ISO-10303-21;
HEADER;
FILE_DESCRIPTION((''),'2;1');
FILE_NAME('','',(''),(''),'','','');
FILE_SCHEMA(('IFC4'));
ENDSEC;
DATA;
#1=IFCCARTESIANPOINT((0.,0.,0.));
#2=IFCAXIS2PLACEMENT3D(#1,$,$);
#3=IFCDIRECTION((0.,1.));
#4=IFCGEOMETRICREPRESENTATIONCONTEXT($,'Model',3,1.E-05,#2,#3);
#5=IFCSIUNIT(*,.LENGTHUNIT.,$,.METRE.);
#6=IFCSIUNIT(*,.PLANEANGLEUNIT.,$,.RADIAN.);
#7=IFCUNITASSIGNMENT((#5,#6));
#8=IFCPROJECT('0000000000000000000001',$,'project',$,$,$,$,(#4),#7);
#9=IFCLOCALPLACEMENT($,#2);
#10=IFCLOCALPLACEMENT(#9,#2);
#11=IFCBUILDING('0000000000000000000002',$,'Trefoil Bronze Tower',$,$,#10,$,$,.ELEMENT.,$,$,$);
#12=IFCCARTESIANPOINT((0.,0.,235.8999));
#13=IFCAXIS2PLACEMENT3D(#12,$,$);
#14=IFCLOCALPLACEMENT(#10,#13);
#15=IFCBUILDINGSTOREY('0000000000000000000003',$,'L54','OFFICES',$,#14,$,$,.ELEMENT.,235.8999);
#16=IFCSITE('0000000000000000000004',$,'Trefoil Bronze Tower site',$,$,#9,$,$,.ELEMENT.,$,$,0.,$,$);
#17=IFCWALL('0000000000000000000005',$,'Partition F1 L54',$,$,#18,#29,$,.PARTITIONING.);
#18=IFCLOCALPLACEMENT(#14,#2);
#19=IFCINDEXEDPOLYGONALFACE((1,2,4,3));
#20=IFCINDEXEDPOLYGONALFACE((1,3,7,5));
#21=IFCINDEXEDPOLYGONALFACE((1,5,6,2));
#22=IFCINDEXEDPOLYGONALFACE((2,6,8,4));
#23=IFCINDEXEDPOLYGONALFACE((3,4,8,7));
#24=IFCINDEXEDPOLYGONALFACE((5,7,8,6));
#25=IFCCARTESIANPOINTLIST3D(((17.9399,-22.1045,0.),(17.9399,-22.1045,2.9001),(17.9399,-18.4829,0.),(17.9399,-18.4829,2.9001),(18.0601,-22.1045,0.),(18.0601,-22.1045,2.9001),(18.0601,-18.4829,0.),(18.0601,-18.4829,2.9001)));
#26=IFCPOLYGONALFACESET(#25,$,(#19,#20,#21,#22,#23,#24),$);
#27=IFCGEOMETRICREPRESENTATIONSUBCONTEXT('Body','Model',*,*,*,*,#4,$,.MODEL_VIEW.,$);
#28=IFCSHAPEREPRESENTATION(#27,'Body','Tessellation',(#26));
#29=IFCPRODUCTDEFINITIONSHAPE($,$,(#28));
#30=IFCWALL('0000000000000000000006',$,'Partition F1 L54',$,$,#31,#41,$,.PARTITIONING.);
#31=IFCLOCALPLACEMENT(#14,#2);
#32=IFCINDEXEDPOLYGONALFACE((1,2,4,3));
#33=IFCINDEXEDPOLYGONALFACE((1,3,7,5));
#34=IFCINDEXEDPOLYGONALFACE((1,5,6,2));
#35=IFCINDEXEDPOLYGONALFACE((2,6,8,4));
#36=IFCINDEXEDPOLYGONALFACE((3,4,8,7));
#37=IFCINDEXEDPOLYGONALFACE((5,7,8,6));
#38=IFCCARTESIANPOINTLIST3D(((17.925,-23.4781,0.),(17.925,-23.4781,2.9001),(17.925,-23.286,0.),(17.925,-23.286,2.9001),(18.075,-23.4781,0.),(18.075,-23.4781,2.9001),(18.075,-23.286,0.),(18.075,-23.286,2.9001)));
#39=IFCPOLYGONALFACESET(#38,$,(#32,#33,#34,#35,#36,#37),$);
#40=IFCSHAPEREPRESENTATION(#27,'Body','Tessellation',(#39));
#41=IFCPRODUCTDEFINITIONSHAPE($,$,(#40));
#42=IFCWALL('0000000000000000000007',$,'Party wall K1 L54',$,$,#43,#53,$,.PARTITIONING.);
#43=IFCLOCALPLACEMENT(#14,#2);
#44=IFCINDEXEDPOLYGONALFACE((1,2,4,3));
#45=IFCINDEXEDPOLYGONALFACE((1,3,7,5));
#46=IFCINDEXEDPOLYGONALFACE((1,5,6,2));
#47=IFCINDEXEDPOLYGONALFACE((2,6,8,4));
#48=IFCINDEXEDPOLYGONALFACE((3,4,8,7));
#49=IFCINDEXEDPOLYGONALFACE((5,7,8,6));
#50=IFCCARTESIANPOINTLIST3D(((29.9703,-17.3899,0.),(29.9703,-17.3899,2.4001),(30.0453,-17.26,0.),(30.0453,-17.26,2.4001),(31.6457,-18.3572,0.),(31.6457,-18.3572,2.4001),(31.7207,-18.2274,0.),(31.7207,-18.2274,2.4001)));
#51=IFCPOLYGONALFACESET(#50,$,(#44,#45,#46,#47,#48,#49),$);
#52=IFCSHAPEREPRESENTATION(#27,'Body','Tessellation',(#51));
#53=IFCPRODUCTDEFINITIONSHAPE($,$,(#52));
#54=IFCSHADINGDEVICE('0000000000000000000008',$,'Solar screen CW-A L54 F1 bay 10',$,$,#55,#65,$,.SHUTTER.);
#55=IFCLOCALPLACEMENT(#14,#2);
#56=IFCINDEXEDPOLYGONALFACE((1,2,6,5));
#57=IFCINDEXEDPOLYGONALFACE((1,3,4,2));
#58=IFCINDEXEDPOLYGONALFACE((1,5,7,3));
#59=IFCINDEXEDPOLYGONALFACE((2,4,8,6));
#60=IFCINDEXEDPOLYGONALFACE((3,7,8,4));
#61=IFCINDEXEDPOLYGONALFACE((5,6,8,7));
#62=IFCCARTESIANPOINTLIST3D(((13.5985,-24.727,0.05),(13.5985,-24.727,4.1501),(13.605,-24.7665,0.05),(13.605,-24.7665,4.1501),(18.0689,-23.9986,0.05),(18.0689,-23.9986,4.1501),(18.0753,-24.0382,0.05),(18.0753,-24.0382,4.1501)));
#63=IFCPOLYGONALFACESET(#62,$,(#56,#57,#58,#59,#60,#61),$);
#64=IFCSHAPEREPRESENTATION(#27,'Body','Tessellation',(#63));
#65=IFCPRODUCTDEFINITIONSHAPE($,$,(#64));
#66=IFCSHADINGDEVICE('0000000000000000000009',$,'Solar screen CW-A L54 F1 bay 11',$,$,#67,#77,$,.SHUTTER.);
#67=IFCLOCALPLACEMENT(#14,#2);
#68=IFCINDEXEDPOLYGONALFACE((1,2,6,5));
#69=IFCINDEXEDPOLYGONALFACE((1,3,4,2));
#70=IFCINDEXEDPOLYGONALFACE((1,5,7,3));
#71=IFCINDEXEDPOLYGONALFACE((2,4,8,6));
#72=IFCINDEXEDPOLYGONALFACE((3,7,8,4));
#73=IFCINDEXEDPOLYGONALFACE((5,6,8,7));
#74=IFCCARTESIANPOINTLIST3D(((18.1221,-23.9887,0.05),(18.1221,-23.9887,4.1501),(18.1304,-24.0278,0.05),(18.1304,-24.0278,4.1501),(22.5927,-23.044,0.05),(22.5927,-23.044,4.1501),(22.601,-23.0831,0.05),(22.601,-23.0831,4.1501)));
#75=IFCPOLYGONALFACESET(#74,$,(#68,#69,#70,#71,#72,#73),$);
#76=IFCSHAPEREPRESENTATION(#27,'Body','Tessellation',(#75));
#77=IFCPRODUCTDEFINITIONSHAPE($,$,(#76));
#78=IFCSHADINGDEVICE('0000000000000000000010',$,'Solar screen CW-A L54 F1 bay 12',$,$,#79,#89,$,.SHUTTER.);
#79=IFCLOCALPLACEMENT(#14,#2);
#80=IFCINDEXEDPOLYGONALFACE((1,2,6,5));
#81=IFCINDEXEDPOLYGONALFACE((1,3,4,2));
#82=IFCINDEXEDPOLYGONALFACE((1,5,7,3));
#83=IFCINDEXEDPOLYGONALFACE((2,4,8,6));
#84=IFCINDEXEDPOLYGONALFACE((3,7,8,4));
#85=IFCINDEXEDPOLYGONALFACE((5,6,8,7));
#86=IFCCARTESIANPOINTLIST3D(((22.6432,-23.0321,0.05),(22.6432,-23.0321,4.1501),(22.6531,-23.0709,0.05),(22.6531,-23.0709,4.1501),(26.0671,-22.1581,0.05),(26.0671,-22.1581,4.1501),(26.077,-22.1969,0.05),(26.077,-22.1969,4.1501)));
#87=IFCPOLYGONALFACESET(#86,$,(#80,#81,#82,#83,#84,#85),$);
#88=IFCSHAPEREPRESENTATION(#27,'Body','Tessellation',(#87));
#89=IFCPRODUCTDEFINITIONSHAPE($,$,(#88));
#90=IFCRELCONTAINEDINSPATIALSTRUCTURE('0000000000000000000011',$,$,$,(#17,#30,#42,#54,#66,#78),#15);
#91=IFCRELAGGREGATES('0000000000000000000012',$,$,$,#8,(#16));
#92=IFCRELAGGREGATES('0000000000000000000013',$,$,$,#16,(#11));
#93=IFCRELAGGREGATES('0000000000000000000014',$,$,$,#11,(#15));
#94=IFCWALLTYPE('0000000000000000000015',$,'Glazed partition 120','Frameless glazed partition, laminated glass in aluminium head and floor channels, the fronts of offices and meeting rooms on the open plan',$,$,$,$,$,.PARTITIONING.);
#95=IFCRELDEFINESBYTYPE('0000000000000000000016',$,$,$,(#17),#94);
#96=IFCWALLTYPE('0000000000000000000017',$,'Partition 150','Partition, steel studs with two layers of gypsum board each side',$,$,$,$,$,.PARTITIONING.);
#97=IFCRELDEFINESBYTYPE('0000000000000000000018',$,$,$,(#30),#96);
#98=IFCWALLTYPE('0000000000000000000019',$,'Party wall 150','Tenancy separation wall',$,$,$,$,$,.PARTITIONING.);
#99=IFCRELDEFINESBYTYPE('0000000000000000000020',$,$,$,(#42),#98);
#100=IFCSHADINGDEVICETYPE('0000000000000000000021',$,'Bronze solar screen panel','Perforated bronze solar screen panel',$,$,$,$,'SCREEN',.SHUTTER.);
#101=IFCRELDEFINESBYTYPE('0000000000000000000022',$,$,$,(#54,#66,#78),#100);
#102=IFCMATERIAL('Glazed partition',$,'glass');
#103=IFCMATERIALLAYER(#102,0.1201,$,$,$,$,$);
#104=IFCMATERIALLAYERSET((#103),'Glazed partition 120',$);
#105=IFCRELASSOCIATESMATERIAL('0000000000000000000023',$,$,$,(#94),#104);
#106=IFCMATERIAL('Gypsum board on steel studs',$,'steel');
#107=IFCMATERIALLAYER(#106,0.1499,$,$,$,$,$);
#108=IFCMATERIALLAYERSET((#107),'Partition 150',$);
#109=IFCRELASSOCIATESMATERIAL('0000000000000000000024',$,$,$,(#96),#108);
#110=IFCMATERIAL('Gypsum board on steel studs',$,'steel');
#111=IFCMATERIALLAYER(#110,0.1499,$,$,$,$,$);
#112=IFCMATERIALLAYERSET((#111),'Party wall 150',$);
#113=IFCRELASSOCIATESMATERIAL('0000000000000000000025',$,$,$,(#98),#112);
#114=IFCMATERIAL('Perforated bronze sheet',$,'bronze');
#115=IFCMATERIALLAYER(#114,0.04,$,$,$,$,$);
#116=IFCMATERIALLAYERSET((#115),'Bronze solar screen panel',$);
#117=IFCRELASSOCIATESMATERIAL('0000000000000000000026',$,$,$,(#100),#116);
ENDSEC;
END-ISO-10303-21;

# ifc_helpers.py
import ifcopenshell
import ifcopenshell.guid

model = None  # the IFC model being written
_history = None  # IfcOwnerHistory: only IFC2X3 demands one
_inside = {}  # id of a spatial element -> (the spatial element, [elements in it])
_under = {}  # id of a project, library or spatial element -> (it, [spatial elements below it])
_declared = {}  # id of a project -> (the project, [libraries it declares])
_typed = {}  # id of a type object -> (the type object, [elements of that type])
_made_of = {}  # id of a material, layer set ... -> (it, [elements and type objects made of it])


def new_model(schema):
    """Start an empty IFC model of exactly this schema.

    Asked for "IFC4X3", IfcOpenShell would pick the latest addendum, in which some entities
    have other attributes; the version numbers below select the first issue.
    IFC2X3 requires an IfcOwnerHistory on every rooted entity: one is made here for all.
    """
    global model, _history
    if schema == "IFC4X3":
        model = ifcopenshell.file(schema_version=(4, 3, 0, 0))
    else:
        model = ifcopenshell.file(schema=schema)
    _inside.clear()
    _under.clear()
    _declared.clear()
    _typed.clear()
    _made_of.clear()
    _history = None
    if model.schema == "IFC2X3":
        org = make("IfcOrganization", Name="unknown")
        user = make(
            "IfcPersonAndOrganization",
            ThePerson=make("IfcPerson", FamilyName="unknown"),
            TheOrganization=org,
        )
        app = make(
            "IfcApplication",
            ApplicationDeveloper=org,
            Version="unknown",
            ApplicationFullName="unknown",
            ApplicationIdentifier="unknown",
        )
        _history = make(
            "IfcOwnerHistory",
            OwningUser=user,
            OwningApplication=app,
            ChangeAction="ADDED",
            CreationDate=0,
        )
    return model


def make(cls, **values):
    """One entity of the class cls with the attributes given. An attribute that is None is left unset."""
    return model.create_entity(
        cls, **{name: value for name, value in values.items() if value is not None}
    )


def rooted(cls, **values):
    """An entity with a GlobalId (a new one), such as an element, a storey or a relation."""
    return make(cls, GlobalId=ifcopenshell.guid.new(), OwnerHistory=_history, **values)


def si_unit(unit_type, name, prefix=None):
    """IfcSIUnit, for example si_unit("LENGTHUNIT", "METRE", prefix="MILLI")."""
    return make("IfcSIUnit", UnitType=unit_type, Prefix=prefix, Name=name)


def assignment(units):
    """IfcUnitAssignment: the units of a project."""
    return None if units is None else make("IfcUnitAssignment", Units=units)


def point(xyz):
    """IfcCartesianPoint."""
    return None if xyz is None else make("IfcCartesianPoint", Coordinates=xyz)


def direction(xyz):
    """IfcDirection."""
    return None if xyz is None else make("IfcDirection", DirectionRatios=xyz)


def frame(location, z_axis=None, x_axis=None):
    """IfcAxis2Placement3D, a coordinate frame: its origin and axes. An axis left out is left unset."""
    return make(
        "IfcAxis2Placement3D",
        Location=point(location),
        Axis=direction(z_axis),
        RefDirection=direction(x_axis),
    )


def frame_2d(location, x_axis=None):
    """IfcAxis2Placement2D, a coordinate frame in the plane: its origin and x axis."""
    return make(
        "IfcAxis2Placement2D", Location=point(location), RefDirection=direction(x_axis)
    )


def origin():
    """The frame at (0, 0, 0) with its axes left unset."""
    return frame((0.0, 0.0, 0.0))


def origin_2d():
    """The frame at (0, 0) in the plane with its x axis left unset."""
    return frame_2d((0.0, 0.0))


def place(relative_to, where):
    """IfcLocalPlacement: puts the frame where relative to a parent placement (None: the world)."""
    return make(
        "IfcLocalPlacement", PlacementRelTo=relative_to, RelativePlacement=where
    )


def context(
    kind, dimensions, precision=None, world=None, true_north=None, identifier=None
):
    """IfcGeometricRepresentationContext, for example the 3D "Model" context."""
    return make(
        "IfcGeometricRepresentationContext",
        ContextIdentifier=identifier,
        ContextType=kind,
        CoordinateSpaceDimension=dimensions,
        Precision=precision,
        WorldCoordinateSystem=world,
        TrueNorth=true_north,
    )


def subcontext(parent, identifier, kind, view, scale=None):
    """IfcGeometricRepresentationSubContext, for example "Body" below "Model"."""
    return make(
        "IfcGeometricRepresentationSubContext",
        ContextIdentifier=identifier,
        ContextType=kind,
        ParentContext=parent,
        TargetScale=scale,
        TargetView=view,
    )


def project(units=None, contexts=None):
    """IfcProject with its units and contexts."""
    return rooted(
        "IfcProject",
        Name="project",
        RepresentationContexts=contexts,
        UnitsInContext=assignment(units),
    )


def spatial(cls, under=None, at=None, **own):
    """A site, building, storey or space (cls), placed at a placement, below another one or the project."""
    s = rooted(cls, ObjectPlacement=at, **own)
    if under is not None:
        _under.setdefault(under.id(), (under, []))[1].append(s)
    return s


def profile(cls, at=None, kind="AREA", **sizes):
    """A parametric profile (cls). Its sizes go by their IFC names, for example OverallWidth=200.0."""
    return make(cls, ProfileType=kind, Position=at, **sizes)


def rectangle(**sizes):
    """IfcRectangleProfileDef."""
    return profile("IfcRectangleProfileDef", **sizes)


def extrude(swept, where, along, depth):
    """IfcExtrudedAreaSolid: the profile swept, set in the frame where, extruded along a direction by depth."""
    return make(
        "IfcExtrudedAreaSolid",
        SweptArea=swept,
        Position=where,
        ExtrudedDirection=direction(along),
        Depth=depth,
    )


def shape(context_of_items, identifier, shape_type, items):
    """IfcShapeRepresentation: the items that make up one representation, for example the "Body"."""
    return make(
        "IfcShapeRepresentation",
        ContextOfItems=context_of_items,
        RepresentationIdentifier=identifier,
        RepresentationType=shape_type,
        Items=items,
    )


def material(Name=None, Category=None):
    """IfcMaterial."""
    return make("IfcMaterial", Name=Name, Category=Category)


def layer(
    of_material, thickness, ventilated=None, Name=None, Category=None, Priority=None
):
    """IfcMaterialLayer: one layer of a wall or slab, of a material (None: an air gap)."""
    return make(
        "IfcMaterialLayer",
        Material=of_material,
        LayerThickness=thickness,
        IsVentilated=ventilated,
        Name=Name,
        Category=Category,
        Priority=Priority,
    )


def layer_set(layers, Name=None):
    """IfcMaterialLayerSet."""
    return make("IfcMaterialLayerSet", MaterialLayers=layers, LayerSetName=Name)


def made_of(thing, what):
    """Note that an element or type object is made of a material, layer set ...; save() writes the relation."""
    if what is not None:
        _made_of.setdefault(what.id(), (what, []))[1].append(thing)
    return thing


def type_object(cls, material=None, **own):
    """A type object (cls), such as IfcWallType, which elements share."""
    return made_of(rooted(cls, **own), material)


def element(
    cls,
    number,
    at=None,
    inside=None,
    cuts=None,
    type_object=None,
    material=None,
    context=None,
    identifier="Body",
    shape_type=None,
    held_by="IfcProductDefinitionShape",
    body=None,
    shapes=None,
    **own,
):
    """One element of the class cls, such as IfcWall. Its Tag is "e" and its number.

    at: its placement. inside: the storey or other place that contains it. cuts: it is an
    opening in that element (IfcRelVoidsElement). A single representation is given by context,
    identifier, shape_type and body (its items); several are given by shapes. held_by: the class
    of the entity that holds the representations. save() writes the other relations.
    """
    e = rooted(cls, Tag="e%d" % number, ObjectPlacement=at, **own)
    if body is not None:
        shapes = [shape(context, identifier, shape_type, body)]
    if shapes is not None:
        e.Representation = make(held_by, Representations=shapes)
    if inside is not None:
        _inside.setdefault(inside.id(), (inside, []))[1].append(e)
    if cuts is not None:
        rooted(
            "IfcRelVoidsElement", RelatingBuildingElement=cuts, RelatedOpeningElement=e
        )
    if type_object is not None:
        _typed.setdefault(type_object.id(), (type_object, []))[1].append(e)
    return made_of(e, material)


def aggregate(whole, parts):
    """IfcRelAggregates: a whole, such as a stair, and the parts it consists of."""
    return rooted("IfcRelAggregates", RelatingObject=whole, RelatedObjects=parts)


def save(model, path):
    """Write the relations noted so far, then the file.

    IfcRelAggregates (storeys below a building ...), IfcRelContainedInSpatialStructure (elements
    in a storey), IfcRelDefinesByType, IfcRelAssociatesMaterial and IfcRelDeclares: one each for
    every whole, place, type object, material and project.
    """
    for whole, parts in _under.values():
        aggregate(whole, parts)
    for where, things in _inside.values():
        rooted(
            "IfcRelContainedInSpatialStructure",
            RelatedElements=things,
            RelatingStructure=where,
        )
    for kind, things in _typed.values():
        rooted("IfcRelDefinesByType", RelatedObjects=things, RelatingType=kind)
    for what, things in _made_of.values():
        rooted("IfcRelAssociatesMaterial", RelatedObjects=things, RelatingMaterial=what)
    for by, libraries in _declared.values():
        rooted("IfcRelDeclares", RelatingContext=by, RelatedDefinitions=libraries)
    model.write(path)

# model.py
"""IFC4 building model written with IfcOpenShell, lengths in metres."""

from ifc_helpers import new_model, si_unit, direction, frame, frame_2d, origin, origin_2d, place, context, subcontext, project, spatial, rectangle, extrude, material, layer, layer_set, type_object, element, save


model = new_model("IFC4")

# Units and contexts
model_context = context("Model", 3, precision=1e-05, world=origin(), true_north=direction((0.0, 1.0)))
body_context = subcontext(model_context, "Body", "Model", "MODEL_VIEW")
ifc_project = project(units=[si_unit("LENGTHUNIT", "METRE"), si_unit("PLANEANGLEUNIT", "RADIAN")], contexts=[model_context])

# Site, building, storey
site_placement = place(None, origin())
site = spatial("IfcSite", under=ifc_project, at=site_placement, Name="Trefoil Bronze Tower site", CompositionType="ELEMENT", RefElevation=0.0)
building_placement = place(site_placement, origin())
building = spatial("IfcBuilding", under=site, at=building_placement, Name="Trefoil Bronze Tower", CompositionType="ELEMENT")
storey_placement = place(building_placement, frame((0.0, 0.0, 235.8999)))
storey = spatial("IfcBuildingStorey", under=building, at=storey_placement, Name="L54", Description="OFFICES", CompositionType="ELEMENT", Elevation=235.8999)

# Walls
ifc_material_1 = material(Name="Glazed partition", Category="glass")
ifc_layer_1 = layer(ifc_material_1, 0.1201)
ifc_layer_set_1 = layer_set([ifc_layer_1], Name="Glazed partition 120")
wall_type_1 = type_object("IfcWallType", Name="Glazed partition 120", Description="Frameless glazed partition, laminated glass in aluminium head and floor channels, the fronts of offices and meeting rooms on the open plan", PredefinedType="PARTITIONING", material=ifc_layer_set_1)
wall_1_placement = place(storey_placement, frame((18.0, -18.4829, 0.0), z_axis=(0.0, 0.0, 1.0), x_axis=(0.0, -1.0, 0.0)))
element("IfcWall", 1, at=wall_1_placement, inside=storey, type_object=wall_type_1, Name="Partition F1 L54", PredefinedType="PARTITIONING", context=body_context, shape_type="SweptSolid", body=[
    extrude(rectangle(XDim=3.6216, YDim=0.1201, at=frame_2d((1.8108, 0.0))), origin(), (0.0, 0.0, 1.0), 2.9001),
])
ifc_material_2 = material(Name="Gypsum board on steel studs", Category="steel")
ifc_layer_2 = layer(ifc_material_2, 0.1499)
ifc_layer_set_2 = layer_set([ifc_layer_2], Name="Partition 150")
wall_type_2 = type_object("IfcWallType", Name="Partition 150", Description="Partition, steel studs with two layers of gypsum board each side", PredefinedType="PARTITIONING", material=ifc_layer_set_2)
wall_2_placement = place(storey_placement, frame((18.0, -23.2859, 0.0), z_axis=(0.0, 0.0, 1.0), x_axis=(0.0, -1.0, 0.0)))
element("IfcWall", 2, at=wall_2_placement, inside=storey, type_object=wall_type_2, Name="Partition F1 L54", PredefinedType="PARTITIONING", context=body_context, shape_type="SweptSolid", body=[
    extrude(rectangle(XDim=0.1921, YDim=0.1499, at=frame_2d((0.0962, 0.0))), origin(), (0.0, 0.0, 1.0), 2.9001),
])
ifc_material_3 = material(Name="Gypsum board on steel studs", Category="steel")
ifc_layer_3 = layer(ifc_material_3, 0.1499)
ifc_layer_set_3 = layer_set([ifc_layer_3], Name="Party wall 150")
wall_type_3 = type_object("IfcWallType", Name="Party wall 150", Description="Tenancy separation wall", PredefinedType="PARTITIONING", material=ifc_layer_set_3)
wall_3_placement = place(storey_placement, frame((30.0078, -17.325, 0.0), z_axis=(0.0, 0.0, 1.0), x_axis=(0.866013, -0.500021, 0.0)))
element("IfcWall", 3, at=wall_3_placement, inside=storey, type_object=wall_type_3, Name="Party wall K1 L54", PredefinedType="PARTITIONING", context=body_context, shape_type="SweptSolid", body=[
    extrude(rectangle(XDim=1.9346, YDim=0.1499, at=frame_2d((0.9673, 0.0))), origin(), (0.0, 0.0, 1.0), 2.4001),
])

# Shading devices
ifc_material_4 = material(Name="Perforated bronze sheet", Category="bronze")
ifc_layer_4 = layer(ifc_material_4, 0.04)
ifc_layer_set_4 = layer_set([ifc_layer_4], Name="Bronze solar screen panel")
shading_device_type = type_object("IfcShadingDeviceType", Name="Bronze solar screen panel", Description="Perforated bronze solar screen panel", ElementType="SCREEN", PredefinedType="SHUTTER", material=ifc_layer_set_4)
shading_device_1_placement = place(storey_placement, frame((15.8369, -24.3826, 0.05), z_axis=(0.0, 0.0, 1.0), x_axis=(0.986987, 0.160803, 0.0)))
element("IfcShadingDevice", 4, at=shading_device_1_placement, inside=storey, type_object=shading_device_type, Name="Solar screen CW-A L54 F1 bay 10", PredefinedType="SHUTTER", context=body_context, shape_type="SweptSolid", body=[
    extrude(rectangle(XDim=4.5293, YDim=0.04, at=origin_2d()), origin(), (0.0, 0.0, 1.0), 4.1001),
])
shading_device_2_placement = place(storey_placement, frame((20.3616, -23.5359, 0.05), z_axis=(0.0, 0.0, 1.0), x_axis=(0.978394, 0.206747, 0.0)))
element("IfcShadingDevice", 5, at=shading_device_2_placement, inside=storey, type_object=shading_device_type, Name="Solar screen CW-A L54 F1 bay 11", PredefinedType="SHUTTER", context=body_context, shape_type="SweptSolid", body=[
    extrude(rectangle(XDim=4.5693, YDim=0.04, at=origin_2d()), origin(), (0.0, 0.0, 1.0), 4.1001),
])
shading_device_3_placement = place(storey_placement, frame((24.3601, -22.6145, 0.05), z_axis=(0.0, 0.0, 1.0), x_axis=(0.968934, 0.247319, 0.0)))
element("IfcShadingDevice", 6, at=shading_device_3_placement, inside=storey, type_object=shading_device_type, Name="Solar screen CW-A L54 F1 bay 12", PredefinedType="SHUTTER", context=body_context, shape_type="SweptSolid", body=[
    extrude(rectangle(XDim=3.5337, YDim=0.04, at=origin_2d()), origin(), (0.0, 0.0, 1.0), 4.1001),
])

save(model, "model.ifc")
